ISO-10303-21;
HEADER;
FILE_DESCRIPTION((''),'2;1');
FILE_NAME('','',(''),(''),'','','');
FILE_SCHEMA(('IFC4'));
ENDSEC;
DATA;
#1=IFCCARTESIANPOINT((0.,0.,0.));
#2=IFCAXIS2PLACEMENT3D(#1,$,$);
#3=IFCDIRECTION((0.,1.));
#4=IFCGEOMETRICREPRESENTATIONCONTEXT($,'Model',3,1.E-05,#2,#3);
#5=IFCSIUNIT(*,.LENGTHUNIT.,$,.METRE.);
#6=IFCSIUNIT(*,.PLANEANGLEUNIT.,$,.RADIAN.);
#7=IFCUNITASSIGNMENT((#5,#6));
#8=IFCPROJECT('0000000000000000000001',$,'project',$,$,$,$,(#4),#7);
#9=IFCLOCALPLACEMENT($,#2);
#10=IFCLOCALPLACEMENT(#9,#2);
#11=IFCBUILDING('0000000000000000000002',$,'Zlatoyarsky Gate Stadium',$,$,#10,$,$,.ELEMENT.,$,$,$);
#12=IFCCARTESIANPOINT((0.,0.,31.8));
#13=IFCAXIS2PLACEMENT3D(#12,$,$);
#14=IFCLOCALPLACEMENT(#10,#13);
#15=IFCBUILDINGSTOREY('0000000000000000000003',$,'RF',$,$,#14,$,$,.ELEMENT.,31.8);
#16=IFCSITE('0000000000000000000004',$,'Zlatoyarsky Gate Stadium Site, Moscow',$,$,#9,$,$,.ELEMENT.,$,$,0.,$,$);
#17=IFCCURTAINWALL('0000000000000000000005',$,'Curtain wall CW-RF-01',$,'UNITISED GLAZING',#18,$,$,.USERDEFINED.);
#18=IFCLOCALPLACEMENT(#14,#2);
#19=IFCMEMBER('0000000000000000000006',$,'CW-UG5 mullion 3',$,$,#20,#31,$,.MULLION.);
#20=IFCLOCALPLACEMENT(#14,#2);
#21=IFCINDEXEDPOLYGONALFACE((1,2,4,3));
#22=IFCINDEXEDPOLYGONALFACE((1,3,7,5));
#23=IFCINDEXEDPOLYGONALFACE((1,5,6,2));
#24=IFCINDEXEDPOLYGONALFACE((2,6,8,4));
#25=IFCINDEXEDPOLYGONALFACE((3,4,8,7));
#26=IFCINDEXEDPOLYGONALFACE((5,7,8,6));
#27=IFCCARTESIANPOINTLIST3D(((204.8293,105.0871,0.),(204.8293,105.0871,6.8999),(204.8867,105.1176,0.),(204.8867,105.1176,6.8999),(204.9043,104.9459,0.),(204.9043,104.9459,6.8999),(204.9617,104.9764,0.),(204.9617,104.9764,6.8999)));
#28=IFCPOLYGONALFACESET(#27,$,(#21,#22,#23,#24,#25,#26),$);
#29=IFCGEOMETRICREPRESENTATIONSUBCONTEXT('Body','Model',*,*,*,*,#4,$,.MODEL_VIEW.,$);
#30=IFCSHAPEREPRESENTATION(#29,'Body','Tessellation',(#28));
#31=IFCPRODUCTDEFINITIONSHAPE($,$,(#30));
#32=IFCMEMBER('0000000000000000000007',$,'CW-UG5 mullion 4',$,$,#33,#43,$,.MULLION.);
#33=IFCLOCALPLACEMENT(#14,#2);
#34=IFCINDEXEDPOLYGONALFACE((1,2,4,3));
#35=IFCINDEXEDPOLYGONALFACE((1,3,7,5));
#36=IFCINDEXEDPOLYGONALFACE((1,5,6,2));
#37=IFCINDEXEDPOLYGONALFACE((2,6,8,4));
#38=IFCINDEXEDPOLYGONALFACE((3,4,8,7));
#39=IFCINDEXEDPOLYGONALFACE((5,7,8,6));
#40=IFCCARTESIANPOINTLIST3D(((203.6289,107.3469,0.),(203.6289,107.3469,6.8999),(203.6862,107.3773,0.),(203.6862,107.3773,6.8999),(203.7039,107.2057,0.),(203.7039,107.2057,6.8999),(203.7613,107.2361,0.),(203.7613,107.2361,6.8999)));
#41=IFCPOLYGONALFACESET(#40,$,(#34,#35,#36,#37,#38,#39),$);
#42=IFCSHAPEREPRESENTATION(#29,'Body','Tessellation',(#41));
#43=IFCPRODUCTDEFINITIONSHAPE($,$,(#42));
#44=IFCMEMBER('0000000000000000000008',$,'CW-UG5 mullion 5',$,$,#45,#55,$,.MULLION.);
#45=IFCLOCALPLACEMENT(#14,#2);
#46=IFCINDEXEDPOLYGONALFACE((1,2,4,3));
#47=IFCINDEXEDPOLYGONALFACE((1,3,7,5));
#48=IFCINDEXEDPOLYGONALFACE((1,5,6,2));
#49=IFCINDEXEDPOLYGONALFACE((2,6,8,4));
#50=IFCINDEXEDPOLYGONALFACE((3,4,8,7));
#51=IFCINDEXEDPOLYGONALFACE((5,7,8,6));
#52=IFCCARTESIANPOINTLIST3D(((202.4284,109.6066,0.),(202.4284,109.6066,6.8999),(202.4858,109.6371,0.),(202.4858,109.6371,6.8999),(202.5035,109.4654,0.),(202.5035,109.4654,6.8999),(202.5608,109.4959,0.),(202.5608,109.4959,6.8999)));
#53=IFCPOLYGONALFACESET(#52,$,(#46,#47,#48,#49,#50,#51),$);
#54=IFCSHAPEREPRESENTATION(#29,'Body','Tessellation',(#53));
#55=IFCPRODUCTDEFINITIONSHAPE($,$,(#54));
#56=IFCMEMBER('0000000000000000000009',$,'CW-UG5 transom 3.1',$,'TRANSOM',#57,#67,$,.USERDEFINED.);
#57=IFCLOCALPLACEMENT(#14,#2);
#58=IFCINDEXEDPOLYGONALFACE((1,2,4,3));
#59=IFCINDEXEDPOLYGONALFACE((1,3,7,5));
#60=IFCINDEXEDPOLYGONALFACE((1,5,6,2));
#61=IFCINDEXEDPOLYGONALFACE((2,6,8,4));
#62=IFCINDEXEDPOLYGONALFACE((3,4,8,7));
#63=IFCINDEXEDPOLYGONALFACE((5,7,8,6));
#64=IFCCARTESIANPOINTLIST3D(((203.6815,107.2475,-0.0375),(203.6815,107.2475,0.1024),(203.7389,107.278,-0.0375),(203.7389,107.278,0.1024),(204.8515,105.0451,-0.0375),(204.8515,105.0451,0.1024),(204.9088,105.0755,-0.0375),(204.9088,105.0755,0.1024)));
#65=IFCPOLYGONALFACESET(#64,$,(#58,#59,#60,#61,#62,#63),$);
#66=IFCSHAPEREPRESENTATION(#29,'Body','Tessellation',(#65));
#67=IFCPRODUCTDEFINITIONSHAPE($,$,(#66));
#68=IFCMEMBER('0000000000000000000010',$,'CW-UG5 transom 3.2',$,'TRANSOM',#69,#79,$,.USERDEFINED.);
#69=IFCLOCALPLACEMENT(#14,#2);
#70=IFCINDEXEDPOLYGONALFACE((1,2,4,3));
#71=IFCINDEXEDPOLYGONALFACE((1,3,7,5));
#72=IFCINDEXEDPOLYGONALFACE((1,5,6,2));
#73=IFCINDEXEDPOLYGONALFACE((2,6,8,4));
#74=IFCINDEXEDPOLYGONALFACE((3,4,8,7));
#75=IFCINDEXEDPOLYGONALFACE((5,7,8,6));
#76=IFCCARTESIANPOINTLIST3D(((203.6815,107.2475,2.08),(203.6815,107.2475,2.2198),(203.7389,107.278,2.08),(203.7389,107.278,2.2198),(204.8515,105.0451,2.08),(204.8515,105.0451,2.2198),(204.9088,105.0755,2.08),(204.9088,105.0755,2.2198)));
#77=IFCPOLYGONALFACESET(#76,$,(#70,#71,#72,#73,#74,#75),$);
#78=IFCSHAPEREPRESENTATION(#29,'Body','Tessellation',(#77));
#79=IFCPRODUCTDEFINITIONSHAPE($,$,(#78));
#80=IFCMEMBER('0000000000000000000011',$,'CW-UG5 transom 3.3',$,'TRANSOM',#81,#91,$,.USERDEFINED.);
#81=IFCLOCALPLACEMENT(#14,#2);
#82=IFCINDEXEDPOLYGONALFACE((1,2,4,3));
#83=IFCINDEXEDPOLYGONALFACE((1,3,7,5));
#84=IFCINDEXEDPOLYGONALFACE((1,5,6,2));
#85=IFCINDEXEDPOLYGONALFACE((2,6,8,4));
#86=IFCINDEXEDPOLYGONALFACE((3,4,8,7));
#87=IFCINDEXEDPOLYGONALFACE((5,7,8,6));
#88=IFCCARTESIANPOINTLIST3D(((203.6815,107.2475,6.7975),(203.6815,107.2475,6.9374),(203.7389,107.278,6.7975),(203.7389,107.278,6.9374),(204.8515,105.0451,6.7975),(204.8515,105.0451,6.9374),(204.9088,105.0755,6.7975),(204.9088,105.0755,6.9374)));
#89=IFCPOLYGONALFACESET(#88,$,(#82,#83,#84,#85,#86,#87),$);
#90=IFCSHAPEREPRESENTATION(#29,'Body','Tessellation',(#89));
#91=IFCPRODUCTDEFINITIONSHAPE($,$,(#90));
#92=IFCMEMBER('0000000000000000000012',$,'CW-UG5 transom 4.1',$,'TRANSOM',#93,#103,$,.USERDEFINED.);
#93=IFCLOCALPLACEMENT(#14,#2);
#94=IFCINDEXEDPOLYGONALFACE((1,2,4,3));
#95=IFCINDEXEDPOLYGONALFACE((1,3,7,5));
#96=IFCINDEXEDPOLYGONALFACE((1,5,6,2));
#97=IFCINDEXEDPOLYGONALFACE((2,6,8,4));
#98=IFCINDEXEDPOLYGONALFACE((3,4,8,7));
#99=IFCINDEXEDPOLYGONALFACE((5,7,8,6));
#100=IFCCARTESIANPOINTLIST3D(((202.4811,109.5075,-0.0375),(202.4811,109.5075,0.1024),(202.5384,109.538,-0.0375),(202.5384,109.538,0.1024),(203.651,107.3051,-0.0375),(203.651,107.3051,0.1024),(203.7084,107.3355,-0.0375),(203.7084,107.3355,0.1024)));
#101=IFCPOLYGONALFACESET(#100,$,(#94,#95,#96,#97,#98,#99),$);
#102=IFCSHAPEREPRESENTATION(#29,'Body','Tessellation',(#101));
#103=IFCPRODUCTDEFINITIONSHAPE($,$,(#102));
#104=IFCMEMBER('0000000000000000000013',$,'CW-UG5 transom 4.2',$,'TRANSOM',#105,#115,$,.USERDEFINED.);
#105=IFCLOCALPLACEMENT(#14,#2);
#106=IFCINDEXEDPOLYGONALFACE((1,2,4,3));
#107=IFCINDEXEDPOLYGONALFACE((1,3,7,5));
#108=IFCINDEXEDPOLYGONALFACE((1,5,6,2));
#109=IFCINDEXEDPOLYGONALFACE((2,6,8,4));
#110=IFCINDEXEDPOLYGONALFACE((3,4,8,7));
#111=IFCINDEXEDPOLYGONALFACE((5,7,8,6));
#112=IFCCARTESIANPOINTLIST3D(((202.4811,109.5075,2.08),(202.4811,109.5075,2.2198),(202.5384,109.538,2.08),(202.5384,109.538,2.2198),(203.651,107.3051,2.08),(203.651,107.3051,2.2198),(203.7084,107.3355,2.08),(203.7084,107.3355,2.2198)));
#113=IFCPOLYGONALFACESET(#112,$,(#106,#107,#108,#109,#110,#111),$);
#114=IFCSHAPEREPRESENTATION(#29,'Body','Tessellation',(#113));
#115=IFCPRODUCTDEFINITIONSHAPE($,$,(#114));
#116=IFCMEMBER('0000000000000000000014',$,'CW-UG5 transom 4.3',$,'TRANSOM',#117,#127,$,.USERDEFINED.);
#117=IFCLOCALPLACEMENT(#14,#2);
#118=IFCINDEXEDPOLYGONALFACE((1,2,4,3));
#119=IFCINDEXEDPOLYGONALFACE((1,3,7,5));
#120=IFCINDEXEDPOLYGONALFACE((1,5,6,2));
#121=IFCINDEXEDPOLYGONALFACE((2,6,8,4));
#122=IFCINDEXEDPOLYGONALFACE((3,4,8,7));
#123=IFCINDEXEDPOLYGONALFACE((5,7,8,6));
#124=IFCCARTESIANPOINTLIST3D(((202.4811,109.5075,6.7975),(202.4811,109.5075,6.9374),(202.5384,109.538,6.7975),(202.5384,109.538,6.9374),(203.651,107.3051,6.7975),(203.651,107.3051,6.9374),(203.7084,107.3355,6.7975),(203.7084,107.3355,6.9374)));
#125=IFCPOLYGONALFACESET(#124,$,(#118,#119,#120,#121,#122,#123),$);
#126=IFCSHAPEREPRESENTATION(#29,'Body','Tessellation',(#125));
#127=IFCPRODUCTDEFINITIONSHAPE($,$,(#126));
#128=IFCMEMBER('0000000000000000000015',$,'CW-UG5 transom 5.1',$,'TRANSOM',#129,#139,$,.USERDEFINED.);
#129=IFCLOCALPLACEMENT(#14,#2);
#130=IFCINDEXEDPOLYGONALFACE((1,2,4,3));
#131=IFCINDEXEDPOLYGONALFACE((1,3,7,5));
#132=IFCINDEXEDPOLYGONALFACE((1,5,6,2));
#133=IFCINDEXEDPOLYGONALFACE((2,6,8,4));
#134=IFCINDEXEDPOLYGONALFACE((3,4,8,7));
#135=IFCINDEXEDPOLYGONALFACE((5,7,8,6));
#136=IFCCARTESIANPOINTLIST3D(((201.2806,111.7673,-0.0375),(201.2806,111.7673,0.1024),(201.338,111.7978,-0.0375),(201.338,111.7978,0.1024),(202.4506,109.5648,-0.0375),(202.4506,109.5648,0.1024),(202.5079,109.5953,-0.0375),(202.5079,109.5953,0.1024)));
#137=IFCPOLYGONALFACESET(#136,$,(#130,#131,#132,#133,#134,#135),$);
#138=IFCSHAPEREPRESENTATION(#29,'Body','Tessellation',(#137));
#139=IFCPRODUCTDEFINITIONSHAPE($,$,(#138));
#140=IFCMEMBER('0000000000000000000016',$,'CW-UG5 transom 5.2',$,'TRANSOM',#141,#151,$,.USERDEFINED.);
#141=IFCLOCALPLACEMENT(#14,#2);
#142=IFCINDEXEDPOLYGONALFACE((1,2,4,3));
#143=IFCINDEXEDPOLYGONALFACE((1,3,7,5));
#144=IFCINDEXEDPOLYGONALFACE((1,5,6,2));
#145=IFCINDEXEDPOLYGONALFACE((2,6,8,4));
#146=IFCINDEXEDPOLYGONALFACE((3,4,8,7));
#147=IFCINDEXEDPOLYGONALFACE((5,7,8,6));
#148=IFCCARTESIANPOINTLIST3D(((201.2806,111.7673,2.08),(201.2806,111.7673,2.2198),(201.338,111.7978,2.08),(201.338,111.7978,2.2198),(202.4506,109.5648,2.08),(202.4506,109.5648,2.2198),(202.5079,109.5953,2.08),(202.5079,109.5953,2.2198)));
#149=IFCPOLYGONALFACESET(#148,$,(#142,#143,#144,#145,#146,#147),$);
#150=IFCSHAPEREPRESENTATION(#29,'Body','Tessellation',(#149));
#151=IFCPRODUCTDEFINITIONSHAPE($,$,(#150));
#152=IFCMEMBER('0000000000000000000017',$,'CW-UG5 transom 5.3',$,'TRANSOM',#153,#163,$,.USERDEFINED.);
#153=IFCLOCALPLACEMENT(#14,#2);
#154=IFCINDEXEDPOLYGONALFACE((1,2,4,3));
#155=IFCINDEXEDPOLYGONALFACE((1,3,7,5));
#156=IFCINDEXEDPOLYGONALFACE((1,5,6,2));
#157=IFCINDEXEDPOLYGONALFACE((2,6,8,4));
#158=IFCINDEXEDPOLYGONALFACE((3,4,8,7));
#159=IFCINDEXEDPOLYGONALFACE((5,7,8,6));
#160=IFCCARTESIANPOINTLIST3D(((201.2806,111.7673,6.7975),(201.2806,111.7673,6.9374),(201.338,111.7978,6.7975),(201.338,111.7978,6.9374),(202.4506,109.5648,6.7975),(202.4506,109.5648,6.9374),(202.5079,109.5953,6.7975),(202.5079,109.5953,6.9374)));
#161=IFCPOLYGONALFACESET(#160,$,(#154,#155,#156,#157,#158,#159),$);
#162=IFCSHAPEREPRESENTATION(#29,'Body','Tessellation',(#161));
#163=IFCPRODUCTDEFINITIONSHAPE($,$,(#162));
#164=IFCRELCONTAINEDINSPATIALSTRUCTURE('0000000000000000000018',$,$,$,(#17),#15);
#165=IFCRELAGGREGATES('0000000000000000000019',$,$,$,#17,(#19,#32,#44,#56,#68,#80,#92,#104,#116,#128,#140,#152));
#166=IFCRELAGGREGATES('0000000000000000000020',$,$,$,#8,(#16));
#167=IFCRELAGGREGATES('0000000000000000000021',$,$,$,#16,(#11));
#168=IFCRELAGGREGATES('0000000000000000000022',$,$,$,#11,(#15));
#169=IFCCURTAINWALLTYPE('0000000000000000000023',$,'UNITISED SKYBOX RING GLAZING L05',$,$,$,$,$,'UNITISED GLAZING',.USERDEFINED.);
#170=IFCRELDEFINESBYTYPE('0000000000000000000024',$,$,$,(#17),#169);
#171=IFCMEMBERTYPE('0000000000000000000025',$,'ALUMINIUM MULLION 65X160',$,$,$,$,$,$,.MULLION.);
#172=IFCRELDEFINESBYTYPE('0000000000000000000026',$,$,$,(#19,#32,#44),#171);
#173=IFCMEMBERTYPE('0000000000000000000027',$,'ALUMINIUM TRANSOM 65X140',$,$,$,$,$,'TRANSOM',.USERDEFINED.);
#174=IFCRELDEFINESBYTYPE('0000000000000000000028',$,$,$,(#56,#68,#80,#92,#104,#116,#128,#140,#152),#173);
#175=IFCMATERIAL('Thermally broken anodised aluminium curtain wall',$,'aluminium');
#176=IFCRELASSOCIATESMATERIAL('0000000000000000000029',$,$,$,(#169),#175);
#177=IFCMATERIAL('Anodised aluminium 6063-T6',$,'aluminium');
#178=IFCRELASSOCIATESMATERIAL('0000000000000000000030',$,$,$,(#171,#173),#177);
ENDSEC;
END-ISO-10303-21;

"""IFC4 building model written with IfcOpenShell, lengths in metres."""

from ifc_helpers import new_model, si_unit, direction, frame, origin, origin_2d, place, context, subcontext, project, spatial, rectangle, extrude, material, material_profile, profile_set, type_object, element, aggregate, save


model = new_model("IFC4")

# Units and contexts
model_context = context("Model", 3, precision=1e-05, world=origin(), true_north=direction((0.0, 1.0)))
body_context = subcontext(model_context, "Body", "Model", "MODEL_VIEW")
ifc_project = project(units=[si_unit("LENGTHUNIT", "METRE"), si_unit("PLANEANGLEUNIT", "RADIAN")], contexts=[model_context])

# Site, building, storey
site_placement = place(None, origin())
site = spatial("IfcSite", under=ifc_project, at=site_placement, Name="Zlatoyarsky Gate Stadium Site, Moscow", CompositionType="ELEMENT", RefElevation=0.0)
building_placement = place(site_placement, origin())
building = spatial("IfcBuilding", under=site, at=building_placement, Name="Zlatoyarsky Gate Stadium", CompositionType="ELEMENT")
storey_placement = place(building_placement, frame((0.0, 0.0, 31.8)))
storey = spatial("IfcBuildingStorey", under=building, at=storey_placement, Name="RF", CompositionType="ELEMENT", Elevation=31.8)

# Curtain wall, members
ifc_material_1 = material(Name="Thermally broken anodised aluminium curtain wall", Category="aluminium")
curtain_wall_type = type_object("IfcCurtainWallType", Name="UNITISED SKYBOX RING GLAZING L05", ElementType="UNITISED GLAZING", PredefinedType="USERDEFINED", material=ifc_material_1)
curtain_wall_placement = place(storey_placement, origin())
curtain_wall = element("IfcCurtainWall", 1, at=curtain_wall_placement, inside=storey, type_object=curtain_wall_type, Name="Curtain wall CW-RF-01", ObjectType="UNITISED GLAZING", PredefinedType="USERDEFINED")
ifc_material_2 = material(Name="Anodised aluminium 6063-T6", Category="aluminium")
ifc_material_profile_1 = material_profile(ifc_material_2, rectangle(XDim=0.0649, YDim=0.1599, at=origin_2d()), Name="ALU 65X160")
ifc_profile_set_1 = profile_set([ifc_material_profile_1], Name="Anodised aluminium 6063-T6")
member_type_1 = type_object("IfcMemberType", Name="ALUMINIUM MULLION 65X160", PredefinedType="MULLION", material=ifc_profile_set_1)
member_1_placement = place(storey_placement, frame((204.8955, 105.0317, 0.0), z_axis=(0.0, 0.0, 1.0), x_axis=(-0.883131, -0.469127, 0.0)))
member_1 = element("IfcMember", 2, at=member_1_placement, type_object=member_type_1, Name="CW-UG5 mullion 3", PredefinedType="MULLION", context=body_context, shape_type="SweptSolid", body=[
    extrude(rectangle(XDim=0.0649, YDim=0.1599, at=origin_2d()), origin(), (0.0, 0.0, 1.0), 6.8999),
])
member_2_placement = place(storey_placement, frame((203.6951, 107.2915, 0.0), z_axis=(0.0, 0.0, 1.0), x_axis=(-0.883131, -0.469127, 0.0)))
member_2 = element("IfcMember", 3, at=member_2_placement, type_object=member_type_1, Name="CW-UG5 mullion 4", PredefinedType="MULLION", context=body_context, shape_type="SweptSolid", body=[
    extrude(rectangle(XDim=0.0649, YDim=0.1599, at=origin_2d()), origin(), (0.0, 0.0, 1.0), 6.8999),
])
member_3_placement = place(storey_placement, frame((202.4946, 109.5513, 0.0), z_axis=(0.0, 0.0, 1.0), x_axis=(-0.883131, -0.469127, 0.0)))
member_3 = element("IfcMember", 4, at=member_3_placement, type_object=member_type_1, Name="CW-UG5 mullion 5", PredefinedType="MULLION", context=body_context, shape_type="SweptSolid", body=[
    extrude(rectangle(XDim=0.0649, YDim=0.1599, at=origin_2d()), origin(), (0.0, 0.0, 1.0), 6.8999),
])
ifc_material_profile_2 = material_profile(ifc_material_2, rectangle(XDim=0.0649, YDim=0.1399, at=origin_2d()), Name="ALU 65X140")
ifc_profile_set_2 = profile_set([ifc_material_profile_2], Name="Anodised aluminium 6063-T6")
member_type_2 = type_object("IfcMemberType", Name="ALUMINIUM TRANSOM 65X140", ElementType="TRANSOM", PredefinedType="USERDEFINED", material=ifc_profile_set_2)
member_4_placement = place(storey_placement, frame((204.8801, 105.0603, 0.0325), z_axis=(-0.469124, 0.883132, 0.0), x_axis=(-0.883132, -0.469124, 0.0)))
member_4 = element("IfcMember", 5, at=member_4_placement, type_object=member_type_2, Name="CW-UG5 transom 3.1", ObjectType="TRANSOM", PredefinedType="USERDEFINED", context=body_context, shape_type="SweptSolid", body=[
    extrude(rectangle(XDim=0.0649, YDim=0.1399, at=origin_2d()), origin(), (0.0, 0.0, 1.0), 2.4939),
])
member_5_placement = place(storey_placement, frame((204.8801, 105.0603, 2.1499), z_axis=(-0.469124, 0.883132, 0.0), x_axis=(-0.883132, -0.469124, 0.0)))
member_5 = element("IfcMember", 6, at=member_5_placement, type_object=member_type_2, Name="CW-UG5 transom 3.2", ObjectType="TRANSOM", PredefinedType="USERDEFINED", context=body_context, shape_type="SweptSolid", body=[
    extrude(rectangle(XDim=0.0649, YDim=0.1399, at=origin_2d()), origin(), (0.0, 0.0, 1.0), 2.4939),
])
member_6_placement = place(storey_placement, frame((204.8801, 105.0603, 6.8674), z_axis=(-0.469124, 0.883132, 0.0), x_axis=(-0.883132, -0.469124, 0.0)))
member_6 = element("IfcMember", 7, at=member_6_placement, type_object=member_type_2, Name="CW-UG5 transom 3.3", ObjectType="TRANSOM", PredefinedType="USERDEFINED", context=body_context, shape_type="SweptSolid", body=[
    extrude(rectangle(XDim=0.0649, YDim=0.1399, at=origin_2d()), origin(), (0.0, 0.0, 1.0), 2.4939),
])
member_7_placement = place(storey_placement, frame((203.6797, 107.3203, 0.0325), z_axis=(-0.469124, 0.883132, 0.0), x_axis=(-0.883132, -0.469124, 0.0)))
member_7 = element("IfcMember", 8, at=member_7_placement, type_object=member_type_2, Name="CW-UG5 transom 4.1", ObjectType="TRANSOM", PredefinedType="USERDEFINED", context=body_context, shape_type="SweptSolid", body=[
    extrude(rectangle(XDim=0.0649, YDim=0.1399, at=origin_2d()), origin(), (0.0, 0.0, 1.0), 2.4939),
])
member_8_placement = place(storey_placement, frame((203.6797, 107.3203, 2.1499), z_axis=(-0.469124, 0.883132, 0.0), x_axis=(-0.883132, -0.469124, 0.0)))
member_8 = element("IfcMember", 9, at=member_8_placement, type_object=member_type_2, Name="CW-UG5 transom 4.2", ObjectType="TRANSOM", PredefinedType="USERDEFINED", context=body_context, shape_type="SweptSolid", body=[
    extrude(rectangle(XDim=0.0649, YDim=0.1399, at=origin_2d()), origin(), (0.0, 0.0, 1.0), 2.4939),
])
member_9_placement = place(storey_placement, frame((203.6797, 107.3203, 6.8674), z_axis=(-0.469124, 0.883132, 0.0), x_axis=(-0.883132, -0.469124, 0.0)))
member_9 = element("IfcMember", 10, at=member_9_placement, type_object=member_type_2, Name="CW-UG5 transom 4.3", ObjectType="TRANSOM", PredefinedType="USERDEFINED", context=body_context, shape_type="SweptSolid", body=[
    extrude(rectangle(XDim=0.0649, YDim=0.1399, at=origin_2d()), origin(), (0.0, 0.0, 1.0), 2.4939),
])
member_10_placement = place(storey_placement, frame((202.4792, 109.5801, 0.0325), z_axis=(-0.469124, 0.883132, 0.0), x_axis=(-0.883132, -0.469124, 0.0)))
member_10 = element("IfcMember", 11, at=member_10_placement, type_object=member_type_2, Name="CW-UG5 transom 5.1", ObjectType="TRANSOM", PredefinedType="USERDEFINED", context=body_context, shape_type="SweptSolid", body=[
    extrude(rectangle(XDim=0.0649, YDim=0.1399, at=origin_2d()), origin(), (0.0, 0.0, 1.0), 2.4939),
])
member_11_placement = place(storey_placement, frame((202.4792, 109.5801, 2.1499), z_axis=(-0.469124, 0.883132, 0.0), x_axis=(-0.883132, -0.469124, 0.0)))
member_11 = element("IfcMember", 12, at=member_11_placement, type_object=member_type_2, Name="CW-UG5 transom 5.2", ObjectType="TRANSOM", PredefinedType="USERDEFINED", context=body_context, shape_type="SweptSolid", body=[
    extrude(rectangle(XDim=0.0649, YDim=0.1399, at=origin_2d()), origin(), (0.0, 0.0, 1.0), 2.4939),
])
member_12_placement = place(storey_placement, frame((202.4792, 109.5801, 6.8674), z_axis=(-0.469124, 0.883132, 0.0), x_axis=(-0.883132, -0.469124, 0.0)))
member_12 = element("IfcMember", 13, at=member_12_placement, type_object=member_type_2, Name="CW-UG5 transom 5.3", ObjectType="TRANSOM", PredefinedType="USERDEFINED", context=body_context, shape_type="SweptSolid", body=[
    extrude(rectangle(XDim=0.0649, YDim=0.1399, at=origin_2d()), origin(), (0.0, 0.0, 1.0), 2.4939),
])

aggregate(curtain_wall, [member_1, member_2, member_3, member_4, member_5, member_6, member_7, member_8, member_9, member_10, member_11, member_12])

save(model, "model.ifc")
